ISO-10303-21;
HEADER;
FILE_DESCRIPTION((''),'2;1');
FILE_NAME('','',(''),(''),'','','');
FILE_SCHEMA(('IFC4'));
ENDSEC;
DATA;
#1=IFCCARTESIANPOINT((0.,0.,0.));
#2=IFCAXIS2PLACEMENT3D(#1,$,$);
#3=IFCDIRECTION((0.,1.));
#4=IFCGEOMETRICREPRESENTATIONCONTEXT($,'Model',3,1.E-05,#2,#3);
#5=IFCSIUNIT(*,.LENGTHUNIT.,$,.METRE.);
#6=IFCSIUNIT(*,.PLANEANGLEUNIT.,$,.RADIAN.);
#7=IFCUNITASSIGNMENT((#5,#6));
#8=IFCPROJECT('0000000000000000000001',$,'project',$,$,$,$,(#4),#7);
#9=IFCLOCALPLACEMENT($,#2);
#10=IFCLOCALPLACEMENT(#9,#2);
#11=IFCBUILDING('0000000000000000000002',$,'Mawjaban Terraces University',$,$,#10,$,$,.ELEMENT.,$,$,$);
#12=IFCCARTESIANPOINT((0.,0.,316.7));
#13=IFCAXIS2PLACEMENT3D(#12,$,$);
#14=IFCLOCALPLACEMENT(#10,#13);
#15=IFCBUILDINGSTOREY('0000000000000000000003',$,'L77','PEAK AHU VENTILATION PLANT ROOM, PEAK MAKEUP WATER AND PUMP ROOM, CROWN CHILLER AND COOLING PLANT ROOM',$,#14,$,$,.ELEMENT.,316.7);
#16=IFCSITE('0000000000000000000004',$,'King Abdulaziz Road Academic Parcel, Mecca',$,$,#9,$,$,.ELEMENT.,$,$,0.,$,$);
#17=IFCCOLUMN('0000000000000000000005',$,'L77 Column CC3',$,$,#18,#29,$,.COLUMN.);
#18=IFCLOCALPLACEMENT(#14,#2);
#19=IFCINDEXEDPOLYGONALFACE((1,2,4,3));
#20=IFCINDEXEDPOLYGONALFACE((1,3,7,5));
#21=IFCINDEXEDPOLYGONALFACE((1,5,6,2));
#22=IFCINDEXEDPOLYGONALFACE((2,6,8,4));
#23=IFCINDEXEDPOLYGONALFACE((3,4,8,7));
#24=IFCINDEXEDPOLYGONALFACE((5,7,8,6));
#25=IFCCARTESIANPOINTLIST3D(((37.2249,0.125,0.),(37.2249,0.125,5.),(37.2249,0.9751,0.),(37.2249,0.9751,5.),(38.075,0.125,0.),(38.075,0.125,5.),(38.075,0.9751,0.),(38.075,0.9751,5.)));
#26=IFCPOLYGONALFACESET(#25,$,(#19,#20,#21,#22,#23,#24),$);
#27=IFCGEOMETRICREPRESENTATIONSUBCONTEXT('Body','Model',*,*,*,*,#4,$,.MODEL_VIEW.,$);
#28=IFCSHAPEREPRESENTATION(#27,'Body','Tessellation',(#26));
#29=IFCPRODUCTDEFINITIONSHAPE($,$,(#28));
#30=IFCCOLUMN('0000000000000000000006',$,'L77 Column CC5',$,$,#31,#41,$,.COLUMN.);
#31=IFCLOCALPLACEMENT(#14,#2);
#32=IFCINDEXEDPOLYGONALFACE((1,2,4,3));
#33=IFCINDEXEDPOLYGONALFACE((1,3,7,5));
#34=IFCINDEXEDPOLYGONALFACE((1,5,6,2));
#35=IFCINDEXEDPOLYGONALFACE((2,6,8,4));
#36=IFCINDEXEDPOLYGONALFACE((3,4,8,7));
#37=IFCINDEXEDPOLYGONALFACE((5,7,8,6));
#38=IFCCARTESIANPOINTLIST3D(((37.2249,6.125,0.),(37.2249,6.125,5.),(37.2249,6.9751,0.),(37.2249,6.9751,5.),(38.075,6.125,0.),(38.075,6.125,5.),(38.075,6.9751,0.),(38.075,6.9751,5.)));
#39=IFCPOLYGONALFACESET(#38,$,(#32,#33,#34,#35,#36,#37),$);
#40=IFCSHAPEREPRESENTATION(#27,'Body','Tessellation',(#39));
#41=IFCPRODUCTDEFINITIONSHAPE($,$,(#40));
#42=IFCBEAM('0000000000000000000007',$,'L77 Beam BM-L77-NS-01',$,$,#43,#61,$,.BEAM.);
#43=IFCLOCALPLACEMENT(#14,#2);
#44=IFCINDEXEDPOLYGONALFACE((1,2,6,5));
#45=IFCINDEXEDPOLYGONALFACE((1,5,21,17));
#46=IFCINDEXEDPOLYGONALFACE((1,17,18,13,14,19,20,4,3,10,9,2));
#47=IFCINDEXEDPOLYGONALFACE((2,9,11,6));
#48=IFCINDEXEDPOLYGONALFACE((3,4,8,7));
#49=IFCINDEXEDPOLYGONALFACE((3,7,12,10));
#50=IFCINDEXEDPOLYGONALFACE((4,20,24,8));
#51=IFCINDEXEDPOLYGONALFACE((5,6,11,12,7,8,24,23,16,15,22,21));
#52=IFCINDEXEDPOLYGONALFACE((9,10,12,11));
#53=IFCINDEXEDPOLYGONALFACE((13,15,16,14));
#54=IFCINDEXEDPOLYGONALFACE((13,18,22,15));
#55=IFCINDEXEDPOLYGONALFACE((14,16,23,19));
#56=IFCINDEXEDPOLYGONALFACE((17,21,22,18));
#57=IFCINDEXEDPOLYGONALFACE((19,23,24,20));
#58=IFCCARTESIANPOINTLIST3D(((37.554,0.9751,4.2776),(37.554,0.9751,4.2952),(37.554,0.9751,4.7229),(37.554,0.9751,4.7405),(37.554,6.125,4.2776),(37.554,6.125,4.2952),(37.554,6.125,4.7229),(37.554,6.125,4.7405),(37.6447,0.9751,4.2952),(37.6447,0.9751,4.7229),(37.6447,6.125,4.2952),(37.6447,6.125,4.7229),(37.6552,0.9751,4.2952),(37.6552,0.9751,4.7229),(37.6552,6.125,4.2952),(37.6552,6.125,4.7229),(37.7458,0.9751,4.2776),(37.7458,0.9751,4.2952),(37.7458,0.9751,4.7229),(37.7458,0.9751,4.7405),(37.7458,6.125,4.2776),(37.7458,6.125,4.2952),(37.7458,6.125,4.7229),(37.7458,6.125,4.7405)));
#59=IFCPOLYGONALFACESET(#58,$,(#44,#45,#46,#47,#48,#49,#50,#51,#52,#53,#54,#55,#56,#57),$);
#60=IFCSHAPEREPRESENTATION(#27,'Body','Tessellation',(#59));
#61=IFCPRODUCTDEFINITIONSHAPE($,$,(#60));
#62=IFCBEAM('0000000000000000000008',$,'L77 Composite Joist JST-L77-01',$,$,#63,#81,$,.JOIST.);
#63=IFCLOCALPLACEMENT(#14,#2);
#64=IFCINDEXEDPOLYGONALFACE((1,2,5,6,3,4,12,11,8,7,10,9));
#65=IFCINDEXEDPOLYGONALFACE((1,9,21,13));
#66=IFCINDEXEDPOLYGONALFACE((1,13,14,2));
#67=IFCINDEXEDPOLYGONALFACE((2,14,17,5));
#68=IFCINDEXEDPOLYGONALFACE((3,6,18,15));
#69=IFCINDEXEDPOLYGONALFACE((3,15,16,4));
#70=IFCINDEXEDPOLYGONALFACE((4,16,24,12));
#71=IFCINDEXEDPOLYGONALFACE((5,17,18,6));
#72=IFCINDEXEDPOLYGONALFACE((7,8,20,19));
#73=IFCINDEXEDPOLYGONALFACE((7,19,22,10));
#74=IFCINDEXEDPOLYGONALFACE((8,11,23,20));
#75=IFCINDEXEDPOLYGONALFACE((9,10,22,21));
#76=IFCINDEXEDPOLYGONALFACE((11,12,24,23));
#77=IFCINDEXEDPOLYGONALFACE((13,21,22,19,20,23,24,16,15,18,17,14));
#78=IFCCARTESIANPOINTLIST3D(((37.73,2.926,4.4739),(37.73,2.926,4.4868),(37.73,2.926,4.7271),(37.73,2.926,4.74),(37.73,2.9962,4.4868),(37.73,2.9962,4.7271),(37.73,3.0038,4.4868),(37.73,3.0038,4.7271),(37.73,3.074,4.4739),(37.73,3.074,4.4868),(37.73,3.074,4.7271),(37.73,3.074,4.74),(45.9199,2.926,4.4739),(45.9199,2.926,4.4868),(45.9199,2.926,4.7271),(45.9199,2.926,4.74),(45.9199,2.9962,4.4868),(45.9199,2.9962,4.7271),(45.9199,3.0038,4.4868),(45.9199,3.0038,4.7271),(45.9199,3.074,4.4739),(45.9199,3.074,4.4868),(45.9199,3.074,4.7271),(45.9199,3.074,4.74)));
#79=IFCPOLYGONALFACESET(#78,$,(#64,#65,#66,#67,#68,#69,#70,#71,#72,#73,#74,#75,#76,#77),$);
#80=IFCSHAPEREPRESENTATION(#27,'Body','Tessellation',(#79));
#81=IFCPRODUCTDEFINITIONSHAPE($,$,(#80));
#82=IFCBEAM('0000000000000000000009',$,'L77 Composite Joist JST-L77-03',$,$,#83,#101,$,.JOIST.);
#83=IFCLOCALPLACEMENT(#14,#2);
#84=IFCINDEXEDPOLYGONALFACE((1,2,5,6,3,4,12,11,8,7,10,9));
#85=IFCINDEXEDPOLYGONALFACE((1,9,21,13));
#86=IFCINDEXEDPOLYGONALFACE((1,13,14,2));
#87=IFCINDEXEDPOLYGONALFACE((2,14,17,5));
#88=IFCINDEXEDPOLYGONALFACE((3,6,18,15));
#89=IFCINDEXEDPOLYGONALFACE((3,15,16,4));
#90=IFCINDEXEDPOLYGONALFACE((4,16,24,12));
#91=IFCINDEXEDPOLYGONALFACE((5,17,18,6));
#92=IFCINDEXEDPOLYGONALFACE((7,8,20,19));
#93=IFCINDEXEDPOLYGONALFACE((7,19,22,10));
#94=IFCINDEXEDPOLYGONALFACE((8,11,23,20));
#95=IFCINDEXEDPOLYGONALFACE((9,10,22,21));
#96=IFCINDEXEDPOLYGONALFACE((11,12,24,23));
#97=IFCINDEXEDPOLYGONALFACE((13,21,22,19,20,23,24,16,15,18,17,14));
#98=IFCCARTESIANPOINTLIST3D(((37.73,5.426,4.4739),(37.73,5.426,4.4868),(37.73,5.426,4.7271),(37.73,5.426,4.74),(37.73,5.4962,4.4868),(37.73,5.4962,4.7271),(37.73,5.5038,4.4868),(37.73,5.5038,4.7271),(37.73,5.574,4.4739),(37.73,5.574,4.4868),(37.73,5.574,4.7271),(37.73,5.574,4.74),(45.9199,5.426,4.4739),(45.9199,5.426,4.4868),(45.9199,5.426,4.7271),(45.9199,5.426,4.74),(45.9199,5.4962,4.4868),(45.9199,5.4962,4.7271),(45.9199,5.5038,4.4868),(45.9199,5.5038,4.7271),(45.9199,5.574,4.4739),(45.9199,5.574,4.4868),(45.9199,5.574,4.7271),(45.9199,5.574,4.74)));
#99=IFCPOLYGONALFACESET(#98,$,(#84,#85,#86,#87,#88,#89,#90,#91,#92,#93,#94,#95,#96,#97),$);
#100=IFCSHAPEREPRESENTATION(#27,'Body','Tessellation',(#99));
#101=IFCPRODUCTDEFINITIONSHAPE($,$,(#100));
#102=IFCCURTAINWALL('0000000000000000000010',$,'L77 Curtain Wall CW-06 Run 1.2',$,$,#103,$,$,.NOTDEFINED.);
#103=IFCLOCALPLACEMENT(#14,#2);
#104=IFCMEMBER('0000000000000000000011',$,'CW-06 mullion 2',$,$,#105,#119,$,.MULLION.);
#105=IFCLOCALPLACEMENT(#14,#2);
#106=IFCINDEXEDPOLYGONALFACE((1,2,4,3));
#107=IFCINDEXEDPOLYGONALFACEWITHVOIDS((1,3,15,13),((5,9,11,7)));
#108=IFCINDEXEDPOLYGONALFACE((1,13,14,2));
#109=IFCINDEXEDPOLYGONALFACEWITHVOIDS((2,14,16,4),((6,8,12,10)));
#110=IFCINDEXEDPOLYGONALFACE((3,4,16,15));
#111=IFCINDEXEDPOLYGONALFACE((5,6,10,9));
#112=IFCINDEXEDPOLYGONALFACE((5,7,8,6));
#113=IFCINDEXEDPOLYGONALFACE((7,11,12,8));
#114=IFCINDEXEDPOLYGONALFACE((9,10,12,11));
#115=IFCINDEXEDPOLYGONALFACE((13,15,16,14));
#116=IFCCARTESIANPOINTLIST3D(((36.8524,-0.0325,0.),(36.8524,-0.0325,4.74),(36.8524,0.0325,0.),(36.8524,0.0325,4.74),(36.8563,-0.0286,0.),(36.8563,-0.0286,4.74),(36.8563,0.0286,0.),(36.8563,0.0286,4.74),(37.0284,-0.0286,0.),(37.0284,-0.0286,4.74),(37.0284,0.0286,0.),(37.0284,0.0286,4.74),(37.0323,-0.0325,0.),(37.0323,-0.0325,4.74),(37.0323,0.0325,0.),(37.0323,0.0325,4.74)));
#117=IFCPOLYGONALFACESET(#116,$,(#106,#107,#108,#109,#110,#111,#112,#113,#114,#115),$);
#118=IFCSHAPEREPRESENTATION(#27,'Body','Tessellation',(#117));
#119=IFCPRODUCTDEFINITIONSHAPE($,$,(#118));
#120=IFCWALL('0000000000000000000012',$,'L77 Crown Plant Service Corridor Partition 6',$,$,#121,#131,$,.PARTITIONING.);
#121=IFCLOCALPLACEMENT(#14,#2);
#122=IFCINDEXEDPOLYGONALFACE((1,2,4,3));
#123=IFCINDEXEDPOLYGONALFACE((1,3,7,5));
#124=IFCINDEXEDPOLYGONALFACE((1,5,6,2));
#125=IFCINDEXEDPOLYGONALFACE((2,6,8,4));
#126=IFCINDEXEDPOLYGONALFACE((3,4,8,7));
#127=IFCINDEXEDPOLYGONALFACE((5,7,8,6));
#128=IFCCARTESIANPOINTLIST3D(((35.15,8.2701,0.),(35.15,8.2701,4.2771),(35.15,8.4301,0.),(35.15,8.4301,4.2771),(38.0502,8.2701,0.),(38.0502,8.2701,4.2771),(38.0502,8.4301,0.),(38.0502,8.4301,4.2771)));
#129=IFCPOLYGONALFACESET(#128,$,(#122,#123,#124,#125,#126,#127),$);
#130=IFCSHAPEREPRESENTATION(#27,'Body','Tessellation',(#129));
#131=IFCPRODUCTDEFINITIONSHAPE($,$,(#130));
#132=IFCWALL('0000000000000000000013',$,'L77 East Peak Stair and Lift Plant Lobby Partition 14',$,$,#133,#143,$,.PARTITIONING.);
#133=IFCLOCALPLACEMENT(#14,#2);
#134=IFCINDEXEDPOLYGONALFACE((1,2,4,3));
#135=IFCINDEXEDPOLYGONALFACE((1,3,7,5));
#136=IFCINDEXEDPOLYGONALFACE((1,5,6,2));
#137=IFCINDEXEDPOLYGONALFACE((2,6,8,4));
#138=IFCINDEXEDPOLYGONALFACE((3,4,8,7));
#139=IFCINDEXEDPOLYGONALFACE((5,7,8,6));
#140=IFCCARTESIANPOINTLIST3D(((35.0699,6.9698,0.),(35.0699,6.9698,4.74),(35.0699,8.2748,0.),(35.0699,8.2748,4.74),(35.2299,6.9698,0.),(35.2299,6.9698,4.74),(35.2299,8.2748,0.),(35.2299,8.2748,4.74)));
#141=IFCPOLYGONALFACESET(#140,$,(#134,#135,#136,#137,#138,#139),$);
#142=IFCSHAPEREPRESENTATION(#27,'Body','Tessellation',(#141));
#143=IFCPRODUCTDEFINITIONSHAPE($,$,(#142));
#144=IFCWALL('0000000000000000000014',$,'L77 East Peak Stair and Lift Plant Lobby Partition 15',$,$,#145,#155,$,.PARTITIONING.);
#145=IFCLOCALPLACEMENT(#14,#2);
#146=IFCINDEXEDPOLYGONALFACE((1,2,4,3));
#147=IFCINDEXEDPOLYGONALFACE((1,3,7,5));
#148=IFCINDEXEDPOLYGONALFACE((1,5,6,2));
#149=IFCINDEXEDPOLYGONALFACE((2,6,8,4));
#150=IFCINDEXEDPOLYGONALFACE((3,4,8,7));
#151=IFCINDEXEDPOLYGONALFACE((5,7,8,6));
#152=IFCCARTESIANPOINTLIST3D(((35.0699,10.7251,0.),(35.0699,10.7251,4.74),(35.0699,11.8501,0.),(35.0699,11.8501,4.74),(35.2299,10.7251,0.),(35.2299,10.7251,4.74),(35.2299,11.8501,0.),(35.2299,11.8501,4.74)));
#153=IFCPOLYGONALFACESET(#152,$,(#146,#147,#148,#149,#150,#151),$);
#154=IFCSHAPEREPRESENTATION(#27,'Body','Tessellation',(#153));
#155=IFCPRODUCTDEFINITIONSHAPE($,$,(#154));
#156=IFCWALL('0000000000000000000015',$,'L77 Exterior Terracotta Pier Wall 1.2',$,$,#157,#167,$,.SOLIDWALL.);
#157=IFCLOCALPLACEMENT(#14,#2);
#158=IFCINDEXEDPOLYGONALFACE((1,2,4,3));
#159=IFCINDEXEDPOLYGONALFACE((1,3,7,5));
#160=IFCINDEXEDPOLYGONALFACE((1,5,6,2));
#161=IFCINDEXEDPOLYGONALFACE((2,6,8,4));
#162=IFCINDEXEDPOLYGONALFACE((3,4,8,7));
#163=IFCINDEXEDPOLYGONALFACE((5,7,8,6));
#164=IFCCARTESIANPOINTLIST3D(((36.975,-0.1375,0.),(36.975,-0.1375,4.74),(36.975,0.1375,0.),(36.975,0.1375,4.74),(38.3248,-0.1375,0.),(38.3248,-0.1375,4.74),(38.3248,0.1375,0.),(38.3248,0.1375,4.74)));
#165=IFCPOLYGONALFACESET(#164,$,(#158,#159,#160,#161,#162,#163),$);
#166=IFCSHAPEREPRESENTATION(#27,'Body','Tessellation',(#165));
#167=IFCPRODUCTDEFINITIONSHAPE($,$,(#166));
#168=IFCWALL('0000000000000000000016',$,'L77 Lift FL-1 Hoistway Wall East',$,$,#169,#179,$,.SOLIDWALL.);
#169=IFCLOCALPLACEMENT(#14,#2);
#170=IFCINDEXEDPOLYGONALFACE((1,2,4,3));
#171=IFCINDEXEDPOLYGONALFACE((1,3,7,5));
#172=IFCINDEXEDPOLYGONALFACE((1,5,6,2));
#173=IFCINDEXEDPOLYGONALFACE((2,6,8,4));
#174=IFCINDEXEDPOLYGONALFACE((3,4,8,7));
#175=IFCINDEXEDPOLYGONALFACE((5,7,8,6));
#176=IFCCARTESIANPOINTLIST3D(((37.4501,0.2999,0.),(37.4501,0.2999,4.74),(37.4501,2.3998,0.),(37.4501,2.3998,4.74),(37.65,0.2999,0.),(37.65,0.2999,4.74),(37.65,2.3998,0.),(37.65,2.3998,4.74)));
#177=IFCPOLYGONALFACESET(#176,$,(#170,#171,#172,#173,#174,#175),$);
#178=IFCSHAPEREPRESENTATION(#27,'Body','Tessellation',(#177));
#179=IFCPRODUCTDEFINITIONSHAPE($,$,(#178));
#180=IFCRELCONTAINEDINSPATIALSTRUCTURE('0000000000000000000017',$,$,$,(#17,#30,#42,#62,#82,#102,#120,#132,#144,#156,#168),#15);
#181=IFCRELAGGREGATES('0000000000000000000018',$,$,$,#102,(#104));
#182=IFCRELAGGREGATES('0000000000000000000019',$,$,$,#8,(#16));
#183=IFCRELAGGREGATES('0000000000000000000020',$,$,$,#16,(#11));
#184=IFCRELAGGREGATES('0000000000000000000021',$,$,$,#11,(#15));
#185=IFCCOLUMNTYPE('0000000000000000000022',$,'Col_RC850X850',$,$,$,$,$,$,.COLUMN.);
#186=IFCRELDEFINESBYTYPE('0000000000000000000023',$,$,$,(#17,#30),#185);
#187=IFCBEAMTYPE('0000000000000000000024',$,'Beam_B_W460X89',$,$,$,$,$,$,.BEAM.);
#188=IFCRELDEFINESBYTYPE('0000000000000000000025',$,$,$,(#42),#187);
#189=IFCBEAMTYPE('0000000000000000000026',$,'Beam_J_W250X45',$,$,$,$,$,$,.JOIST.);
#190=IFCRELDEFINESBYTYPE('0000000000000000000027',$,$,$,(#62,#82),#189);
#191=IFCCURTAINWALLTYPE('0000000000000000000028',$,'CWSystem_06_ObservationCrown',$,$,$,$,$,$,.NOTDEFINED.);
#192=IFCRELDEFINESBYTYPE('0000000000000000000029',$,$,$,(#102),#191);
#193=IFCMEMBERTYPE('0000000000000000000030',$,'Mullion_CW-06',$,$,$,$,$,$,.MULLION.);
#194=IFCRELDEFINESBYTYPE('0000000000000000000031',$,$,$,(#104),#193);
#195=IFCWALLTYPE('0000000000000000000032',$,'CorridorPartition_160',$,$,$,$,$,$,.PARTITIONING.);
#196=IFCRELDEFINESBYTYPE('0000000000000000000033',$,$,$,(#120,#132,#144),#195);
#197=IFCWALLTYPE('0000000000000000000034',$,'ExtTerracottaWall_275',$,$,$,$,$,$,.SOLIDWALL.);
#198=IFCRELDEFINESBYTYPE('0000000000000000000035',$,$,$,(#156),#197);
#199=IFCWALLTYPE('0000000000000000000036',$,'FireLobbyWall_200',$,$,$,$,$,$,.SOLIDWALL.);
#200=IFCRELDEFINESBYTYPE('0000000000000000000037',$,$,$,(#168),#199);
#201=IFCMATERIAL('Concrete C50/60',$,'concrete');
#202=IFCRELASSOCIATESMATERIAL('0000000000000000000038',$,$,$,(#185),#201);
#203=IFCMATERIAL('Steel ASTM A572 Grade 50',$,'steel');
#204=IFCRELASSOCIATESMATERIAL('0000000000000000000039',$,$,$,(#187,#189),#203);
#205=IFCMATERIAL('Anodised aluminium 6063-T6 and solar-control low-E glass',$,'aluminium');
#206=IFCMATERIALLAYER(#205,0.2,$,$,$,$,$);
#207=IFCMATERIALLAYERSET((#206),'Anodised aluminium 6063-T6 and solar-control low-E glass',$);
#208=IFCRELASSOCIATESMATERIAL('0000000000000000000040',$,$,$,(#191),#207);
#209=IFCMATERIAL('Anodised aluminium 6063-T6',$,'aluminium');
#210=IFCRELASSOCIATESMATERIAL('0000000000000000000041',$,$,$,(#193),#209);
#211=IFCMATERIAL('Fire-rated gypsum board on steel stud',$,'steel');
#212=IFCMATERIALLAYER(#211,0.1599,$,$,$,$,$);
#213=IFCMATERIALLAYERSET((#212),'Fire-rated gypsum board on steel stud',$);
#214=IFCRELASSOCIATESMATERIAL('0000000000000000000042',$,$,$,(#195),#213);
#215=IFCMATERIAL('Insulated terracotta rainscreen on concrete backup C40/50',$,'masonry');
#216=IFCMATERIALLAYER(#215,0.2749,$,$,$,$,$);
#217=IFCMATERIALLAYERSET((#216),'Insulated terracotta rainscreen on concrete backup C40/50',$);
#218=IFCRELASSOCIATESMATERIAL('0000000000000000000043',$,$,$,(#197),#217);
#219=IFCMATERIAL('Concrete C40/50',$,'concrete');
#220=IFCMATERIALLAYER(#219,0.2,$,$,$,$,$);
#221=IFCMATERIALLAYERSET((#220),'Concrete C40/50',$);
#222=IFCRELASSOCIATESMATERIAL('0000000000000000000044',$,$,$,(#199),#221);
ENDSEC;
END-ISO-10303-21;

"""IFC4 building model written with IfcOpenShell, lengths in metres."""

from ifc_helpers import new_model, si_unit, direction, frame, frame_2d, origin, origin_2d, place, context, subcontext, project, spatial, rectangle, hollow_rectangle, i_section, extrude, material, layer, layer_set, material_profile, profile_set, type_object, element, aggregate, save


model = new_model("IFC4")

# Units and contexts
model_context = context("Model", 3, precision=1e-05, world=origin(), true_north=direction((0.0, 1.0)))
body_context = subcontext(model_context, "Body", "Model", "MODEL_VIEW")
ifc_project = project(units=[si_unit("LENGTHUNIT", "METRE"), si_unit("PLANEANGLEUNIT", "RADIAN")], contexts=[model_context])

# Site, building, storey
site_placement = place(None, origin())
site = spatial("IfcSite", under=ifc_project, at=site_placement, Name="King Abdulaziz Road Academic Parcel, Mecca", CompositionType="ELEMENT", RefElevation=0.0)
building_placement = place(site_placement, origin())
building = spatial("IfcBuilding", under=site, at=building_placement, Name="Mawjaban Terraces University", CompositionType="ELEMENT")
storey_placement = place(building_placement, frame((0.0, 0.0, 316.7)))
storey = spatial("IfcBuildingStorey", under=building, at=storey_placement, Name="L77", Description="PEAK AHU VENTILATION PLANT ROOM, PEAK MAKEUP WATER AND PUMP ROOM, CROWN CHILLER AND COOLING PLANT ROOM", CompositionType="ELEMENT", Elevation=316.7)

# Columns
ifc_material_1 = material(Name="Concrete C50/60", Category="concrete")
ifc_material_profile_1 = material_profile(ifc_material_1, rectangle(XDim=0.8501, YDim=0.8501, at=origin_2d()), Name="RC850X850")
ifc_profile_set_1 = profile_set([ifc_material_profile_1], Name="Concrete C50/60")
column_type = type_object("IfcColumnType", Name="Col_RC850X850", PredefinedType="COLUMN", material=ifc_profile_set_1)
for number, where, z_axis, x_axis, name in (
    (1, (37.6499, 0.55, 0.0), (0.0, 0.0, 1.0), (1.0, 0.0, 0.0), "L77 Column CC3"),
    (2, (37.6499, 6.55, 0.0), (0.0, 0.0, 1.0), (1.0, 0.0, 0.0), "L77 Column CC5"),
):
    element("IfcColumn", number, at=place(storey_placement, frame(where, z_axis=z_axis, x_axis=x_axis)), inside=storey, type_object=column_type, Name=name, PredefinedType="COLUMN", context=body_context, shape_type="SweptSolid", body=[
        extrude(rectangle(XDim=0.8501, YDim=0.8501, at=origin_2d()), origin(), (0.0, 0.0, 1.0), 5.0),
    ])

# Beams
ifc_material_2 = material(Name="Steel ASTM A572 Grade 50", Category="steel")
ifc_material_profile_2 = material_profile(ifc_material_2, i_section(OverallWidth=0.1919, OverallDepth=0.4629, WebThickness=0.0105, FlangeThickness=0.0176, at=origin_2d()), Name="W460X89")
ifc_profile_set_2 = profile_set([ifc_material_profile_2], Name="Steel ASTM A572 Grade 50")
beam_type_1 = type_object("IfcBeamType", Name="Beam_B_W460X89", PredefinedType="BEAM", material=ifc_profile_set_2)
beam_placement = place(storey_placement, frame((37.6499, 0.9751, 4.509), z_axis=(0.0, 1.0, 0.0), x_axis=(-1.0, 0.0, 0.0)))
element("IfcBeam", 3, at=beam_placement, inside=storey, type_object=beam_type_1, Name="L77 Beam BM-L77-NS-01", PredefinedType="BEAM", context=body_context, shape_type="SweptSolid", body=[
    extrude(i_section(OverallWidth=0.1919, OverallDepth=0.4629, WebThickness=0.0105, FlangeThickness=0.0176, at=origin_2d()), origin(), (0.0, 0.0, 1.0), 5.1499),
])
ifc_material_profile_3 = material_profile(ifc_material_2, i_section(OverallWidth=0.1479, OverallDepth=0.2661, WebThickness=0.0076, FlangeThickness=0.0129, at=origin_2d()), Name="W250X45")
ifc_profile_set_3 = profile_set([ifc_material_profile_3], Name="Steel ASTM A572 Grade 50")
beam_type_2 = type_object("IfcBeamType", Name="Beam_J_W250X45", PredefinedType="JOIST", material=ifc_profile_set_3)
for number, where, z_axis, x_axis, name in (
    (4, (37.73, 3.0, 4.6069), (1.0, 0.0, 0.0), (0.0, 1.0, 0.0), "L77 Composite Joist JST-L77-01"),
    (5, (37.73, 5.5, 4.6069), (1.0, 0.0, 0.0), (0.0, 1.0, 0.0), "L77 Composite Joist JST-L77-03"),
):
    element("IfcBeam", number, at=place(storey_placement, frame(where, z_axis=z_axis, x_axis=x_axis)), inside=storey, type_object=beam_type_2, Name=name, PredefinedType="JOIST", context=body_context, shape_type="SweptSolid", body=[
        extrude(i_section(OverallWidth=0.1479, OverallDepth=0.2661, WebThickness=0.0076, FlangeThickness=0.0129, at=origin_2d()), origin(), (0.0, 0.0, 1.0), 8.1899),
    ])

# Curtain wall, member
ifc_material_3 = material(Name="Anodised aluminium 6063-T6 and solar-control low-E glass", Category="aluminium")
ifc_layer_1 = layer(ifc_material_3, 0.2)
ifc_layer_set_1 = layer_set([ifc_layer_1], Name="Anodised aluminium 6063-T6 and solar-control low-E glass")
curtain_wall_type = type_object("IfcCurtainWallType", Name="CWSystem_06_ObservationCrown", PredefinedType="NOTDEFINED", material=ifc_layer_set_1)
curtain_wall_placement = place(storey_placement, origin())
curtain_wall = element("IfcCurtainWall", 6, at=curtain_wall_placement, inside=storey, type_object=curtain_wall_type, Name="L77 Curtain Wall CW-06 Run 1.2", PredefinedType="NOTDEFINED")
ifc_material_4 = material(Name="Anodised aluminium 6063-T6", Category="aluminium")
ifc_material_profile_4 = material_profile(ifc_material_4, hollow_rectangle(XDim=0.0649, YDim=0.1799, WallThickness=0.0039, at=origin_2d()), Name="ALU180X65X4")
ifc_profile_set_4 = profile_set([ifc_material_profile_4], Name="Anodised aluminium 6063-T6")
member_type = type_object("IfcMemberType", Name="Mullion_CW-06", PredefinedType="MULLION", material=ifc_profile_set_4)
member_placement = place(storey_placement, frame((36.9424, 0.0, 0.0), z_axis=(0.0, 0.0, 1.0), x_axis=(0.0, 1.0, 0.0)))
member = element("IfcMember", 7, at=member_placement, type_object=member_type, Name="CW-06 mullion 2", PredefinedType="MULLION", context=body_context, shape_type="SweptSolid", body=[
    extrude(hollow_rectangle(XDim=0.0649, YDim=0.1799, WallThickness=0.0039, at=origin_2d()), origin(), (0.0, 0.0, 1.0), 4.74),
])
aggregate(curtain_wall, [member])

# Walls
ifc_material_5 = material(Name="Fire-rated gypsum board on steel stud", Category="steel")
ifc_layer_2 = layer(ifc_material_5, 0.1599)
ifc_layer_set_2 = layer_set([ifc_layer_2], Name="Fire-rated gypsum board on steel stud")
wall_type_1 = type_object("IfcWallType", Name="CorridorPartition_160", PredefinedType="PARTITIONING", material=ifc_layer_set_2)
wall_1_placement = place(storey_placement, frame((35.1499, 8.3501, 0.0), z_axis=(0.0, 0.0, 1.0), x_axis=(1.0, 0.0, 0.0)))
element("IfcWall", 8, at=wall_1_placement, inside=storey, type_object=wall_type_1, Name="L77 Crown Plant Service Corridor Partition 6", PredefinedType="PARTITIONING", context=body_context, shape_type="SweptSolid", body=[
    extrude(rectangle(XDim=2.9001, YDim=0.1599, at=frame_2d((1.4502, 0.0))), origin(), (0.0, 0.0, 1.0), 4.2771),
])
wall_2_placement = place(storey_placement, frame((35.1499, 6.97, 0.0), z_axis=(0.0, 0.0, 1.0), x_axis=(0.0, 1.0, 0.0)))
element("IfcWall", 9, at=wall_2_placement, inside=storey, type_object=wall_type_1, Name="L77 East Peak Stair and Lift Plant Lobby Partition 14", PredefinedType="PARTITIONING", context=body_context, shape_type="SweptSolid", body=[
    extrude(rectangle(XDim=1.3049, YDim=0.1599, at=frame_2d((0.6523, 0.0))), origin(), (0.0, 0.0, 1.0), 4.74),
])
wall_3_placement = place(storey_placement, frame((35.1499, 10.7251, 0.0), z_axis=(0.0, 0.0, 1.0), x_axis=(0.0, 1.0, 0.0)))
element("IfcWall", 10, at=wall_3_placement, inside=storey, type_object=wall_type_1, Name="L77 East Peak Stair and Lift Plant Lobby Partition 15", PredefinedType="PARTITIONING", context=body_context, shape_type="SweptSolid", body=[
    extrude(rectangle(XDim=1.125, YDim=0.1599, at=frame_2d((0.5625, 0.0))), origin(), (0.0, 0.0, 1.0), 4.74),
])
ifc_material_6 = material(Name="Insulated terracotta rainscreen on concrete backup C40/50", Category="masonry")
ifc_layer_3 = layer(ifc_material_6, 0.2749)
ifc_layer_set_3 = layer_set([ifc_layer_3], Name="Insulated terracotta rainscreen on concrete backup C40/50")
wall_type_2 = type_object("IfcWallType", Name="ExtTerracottaWall_275", PredefinedType="SOLIDWALL", material=ifc_layer_set_3)
wall_4_placement = place(storey_placement, frame((36.9751, 0.0, 0.0), z_axis=(0.0, 0.0, 1.0), x_axis=(1.0, 0.0, 0.0)))
element("IfcWall", 11, at=wall_4_placement, inside=storey, type_object=wall_type_2, Name="L77 Exterior Terracotta Pier Wall 1.2", PredefinedType="SOLIDWALL", context=body_context, shape_type="SweptSolid", body=[
    extrude(rectangle(XDim=1.3499, YDim=0.2749, at=frame_2d((0.6748, 0.0))), origin(), (0.0, 0.0, 1.0), 4.74),
])
ifc_material_7 = material(Name="Concrete C40/50", Category="concrete")
ifc_layer_4 = layer(ifc_material_7, 0.2)
ifc_layer_set_4 = layer_set([ifc_layer_4], Name="Concrete C40/50")
wall_type_3 = type_object("IfcWallType", Name="FireLobbyWall_200", PredefinedType="SOLIDWALL", material=ifc_layer_set_4)
wall_5_placement = place(storey_placement, frame((37.55, 0.3, 0.0), z_axis=(0.0, 0.0, 1.0), x_axis=(0.0, 1.0, 0.0)))
element("IfcWall", 12, at=wall_5_placement, inside=storey, type_object=wall_type_3, Name="L77 Lift FL-1 Hoistway Wall East", PredefinedType="SOLIDWALL", context=body_context, shape_type="SweptSolid", body=[
    extrude(rectangle(XDim=2.0999, YDim=0.2, at=frame_2d((1.0498, 0.0))), origin(), (0.0, 0.0, 1.0), 4.74),
])

save(model, "model.ifc")
